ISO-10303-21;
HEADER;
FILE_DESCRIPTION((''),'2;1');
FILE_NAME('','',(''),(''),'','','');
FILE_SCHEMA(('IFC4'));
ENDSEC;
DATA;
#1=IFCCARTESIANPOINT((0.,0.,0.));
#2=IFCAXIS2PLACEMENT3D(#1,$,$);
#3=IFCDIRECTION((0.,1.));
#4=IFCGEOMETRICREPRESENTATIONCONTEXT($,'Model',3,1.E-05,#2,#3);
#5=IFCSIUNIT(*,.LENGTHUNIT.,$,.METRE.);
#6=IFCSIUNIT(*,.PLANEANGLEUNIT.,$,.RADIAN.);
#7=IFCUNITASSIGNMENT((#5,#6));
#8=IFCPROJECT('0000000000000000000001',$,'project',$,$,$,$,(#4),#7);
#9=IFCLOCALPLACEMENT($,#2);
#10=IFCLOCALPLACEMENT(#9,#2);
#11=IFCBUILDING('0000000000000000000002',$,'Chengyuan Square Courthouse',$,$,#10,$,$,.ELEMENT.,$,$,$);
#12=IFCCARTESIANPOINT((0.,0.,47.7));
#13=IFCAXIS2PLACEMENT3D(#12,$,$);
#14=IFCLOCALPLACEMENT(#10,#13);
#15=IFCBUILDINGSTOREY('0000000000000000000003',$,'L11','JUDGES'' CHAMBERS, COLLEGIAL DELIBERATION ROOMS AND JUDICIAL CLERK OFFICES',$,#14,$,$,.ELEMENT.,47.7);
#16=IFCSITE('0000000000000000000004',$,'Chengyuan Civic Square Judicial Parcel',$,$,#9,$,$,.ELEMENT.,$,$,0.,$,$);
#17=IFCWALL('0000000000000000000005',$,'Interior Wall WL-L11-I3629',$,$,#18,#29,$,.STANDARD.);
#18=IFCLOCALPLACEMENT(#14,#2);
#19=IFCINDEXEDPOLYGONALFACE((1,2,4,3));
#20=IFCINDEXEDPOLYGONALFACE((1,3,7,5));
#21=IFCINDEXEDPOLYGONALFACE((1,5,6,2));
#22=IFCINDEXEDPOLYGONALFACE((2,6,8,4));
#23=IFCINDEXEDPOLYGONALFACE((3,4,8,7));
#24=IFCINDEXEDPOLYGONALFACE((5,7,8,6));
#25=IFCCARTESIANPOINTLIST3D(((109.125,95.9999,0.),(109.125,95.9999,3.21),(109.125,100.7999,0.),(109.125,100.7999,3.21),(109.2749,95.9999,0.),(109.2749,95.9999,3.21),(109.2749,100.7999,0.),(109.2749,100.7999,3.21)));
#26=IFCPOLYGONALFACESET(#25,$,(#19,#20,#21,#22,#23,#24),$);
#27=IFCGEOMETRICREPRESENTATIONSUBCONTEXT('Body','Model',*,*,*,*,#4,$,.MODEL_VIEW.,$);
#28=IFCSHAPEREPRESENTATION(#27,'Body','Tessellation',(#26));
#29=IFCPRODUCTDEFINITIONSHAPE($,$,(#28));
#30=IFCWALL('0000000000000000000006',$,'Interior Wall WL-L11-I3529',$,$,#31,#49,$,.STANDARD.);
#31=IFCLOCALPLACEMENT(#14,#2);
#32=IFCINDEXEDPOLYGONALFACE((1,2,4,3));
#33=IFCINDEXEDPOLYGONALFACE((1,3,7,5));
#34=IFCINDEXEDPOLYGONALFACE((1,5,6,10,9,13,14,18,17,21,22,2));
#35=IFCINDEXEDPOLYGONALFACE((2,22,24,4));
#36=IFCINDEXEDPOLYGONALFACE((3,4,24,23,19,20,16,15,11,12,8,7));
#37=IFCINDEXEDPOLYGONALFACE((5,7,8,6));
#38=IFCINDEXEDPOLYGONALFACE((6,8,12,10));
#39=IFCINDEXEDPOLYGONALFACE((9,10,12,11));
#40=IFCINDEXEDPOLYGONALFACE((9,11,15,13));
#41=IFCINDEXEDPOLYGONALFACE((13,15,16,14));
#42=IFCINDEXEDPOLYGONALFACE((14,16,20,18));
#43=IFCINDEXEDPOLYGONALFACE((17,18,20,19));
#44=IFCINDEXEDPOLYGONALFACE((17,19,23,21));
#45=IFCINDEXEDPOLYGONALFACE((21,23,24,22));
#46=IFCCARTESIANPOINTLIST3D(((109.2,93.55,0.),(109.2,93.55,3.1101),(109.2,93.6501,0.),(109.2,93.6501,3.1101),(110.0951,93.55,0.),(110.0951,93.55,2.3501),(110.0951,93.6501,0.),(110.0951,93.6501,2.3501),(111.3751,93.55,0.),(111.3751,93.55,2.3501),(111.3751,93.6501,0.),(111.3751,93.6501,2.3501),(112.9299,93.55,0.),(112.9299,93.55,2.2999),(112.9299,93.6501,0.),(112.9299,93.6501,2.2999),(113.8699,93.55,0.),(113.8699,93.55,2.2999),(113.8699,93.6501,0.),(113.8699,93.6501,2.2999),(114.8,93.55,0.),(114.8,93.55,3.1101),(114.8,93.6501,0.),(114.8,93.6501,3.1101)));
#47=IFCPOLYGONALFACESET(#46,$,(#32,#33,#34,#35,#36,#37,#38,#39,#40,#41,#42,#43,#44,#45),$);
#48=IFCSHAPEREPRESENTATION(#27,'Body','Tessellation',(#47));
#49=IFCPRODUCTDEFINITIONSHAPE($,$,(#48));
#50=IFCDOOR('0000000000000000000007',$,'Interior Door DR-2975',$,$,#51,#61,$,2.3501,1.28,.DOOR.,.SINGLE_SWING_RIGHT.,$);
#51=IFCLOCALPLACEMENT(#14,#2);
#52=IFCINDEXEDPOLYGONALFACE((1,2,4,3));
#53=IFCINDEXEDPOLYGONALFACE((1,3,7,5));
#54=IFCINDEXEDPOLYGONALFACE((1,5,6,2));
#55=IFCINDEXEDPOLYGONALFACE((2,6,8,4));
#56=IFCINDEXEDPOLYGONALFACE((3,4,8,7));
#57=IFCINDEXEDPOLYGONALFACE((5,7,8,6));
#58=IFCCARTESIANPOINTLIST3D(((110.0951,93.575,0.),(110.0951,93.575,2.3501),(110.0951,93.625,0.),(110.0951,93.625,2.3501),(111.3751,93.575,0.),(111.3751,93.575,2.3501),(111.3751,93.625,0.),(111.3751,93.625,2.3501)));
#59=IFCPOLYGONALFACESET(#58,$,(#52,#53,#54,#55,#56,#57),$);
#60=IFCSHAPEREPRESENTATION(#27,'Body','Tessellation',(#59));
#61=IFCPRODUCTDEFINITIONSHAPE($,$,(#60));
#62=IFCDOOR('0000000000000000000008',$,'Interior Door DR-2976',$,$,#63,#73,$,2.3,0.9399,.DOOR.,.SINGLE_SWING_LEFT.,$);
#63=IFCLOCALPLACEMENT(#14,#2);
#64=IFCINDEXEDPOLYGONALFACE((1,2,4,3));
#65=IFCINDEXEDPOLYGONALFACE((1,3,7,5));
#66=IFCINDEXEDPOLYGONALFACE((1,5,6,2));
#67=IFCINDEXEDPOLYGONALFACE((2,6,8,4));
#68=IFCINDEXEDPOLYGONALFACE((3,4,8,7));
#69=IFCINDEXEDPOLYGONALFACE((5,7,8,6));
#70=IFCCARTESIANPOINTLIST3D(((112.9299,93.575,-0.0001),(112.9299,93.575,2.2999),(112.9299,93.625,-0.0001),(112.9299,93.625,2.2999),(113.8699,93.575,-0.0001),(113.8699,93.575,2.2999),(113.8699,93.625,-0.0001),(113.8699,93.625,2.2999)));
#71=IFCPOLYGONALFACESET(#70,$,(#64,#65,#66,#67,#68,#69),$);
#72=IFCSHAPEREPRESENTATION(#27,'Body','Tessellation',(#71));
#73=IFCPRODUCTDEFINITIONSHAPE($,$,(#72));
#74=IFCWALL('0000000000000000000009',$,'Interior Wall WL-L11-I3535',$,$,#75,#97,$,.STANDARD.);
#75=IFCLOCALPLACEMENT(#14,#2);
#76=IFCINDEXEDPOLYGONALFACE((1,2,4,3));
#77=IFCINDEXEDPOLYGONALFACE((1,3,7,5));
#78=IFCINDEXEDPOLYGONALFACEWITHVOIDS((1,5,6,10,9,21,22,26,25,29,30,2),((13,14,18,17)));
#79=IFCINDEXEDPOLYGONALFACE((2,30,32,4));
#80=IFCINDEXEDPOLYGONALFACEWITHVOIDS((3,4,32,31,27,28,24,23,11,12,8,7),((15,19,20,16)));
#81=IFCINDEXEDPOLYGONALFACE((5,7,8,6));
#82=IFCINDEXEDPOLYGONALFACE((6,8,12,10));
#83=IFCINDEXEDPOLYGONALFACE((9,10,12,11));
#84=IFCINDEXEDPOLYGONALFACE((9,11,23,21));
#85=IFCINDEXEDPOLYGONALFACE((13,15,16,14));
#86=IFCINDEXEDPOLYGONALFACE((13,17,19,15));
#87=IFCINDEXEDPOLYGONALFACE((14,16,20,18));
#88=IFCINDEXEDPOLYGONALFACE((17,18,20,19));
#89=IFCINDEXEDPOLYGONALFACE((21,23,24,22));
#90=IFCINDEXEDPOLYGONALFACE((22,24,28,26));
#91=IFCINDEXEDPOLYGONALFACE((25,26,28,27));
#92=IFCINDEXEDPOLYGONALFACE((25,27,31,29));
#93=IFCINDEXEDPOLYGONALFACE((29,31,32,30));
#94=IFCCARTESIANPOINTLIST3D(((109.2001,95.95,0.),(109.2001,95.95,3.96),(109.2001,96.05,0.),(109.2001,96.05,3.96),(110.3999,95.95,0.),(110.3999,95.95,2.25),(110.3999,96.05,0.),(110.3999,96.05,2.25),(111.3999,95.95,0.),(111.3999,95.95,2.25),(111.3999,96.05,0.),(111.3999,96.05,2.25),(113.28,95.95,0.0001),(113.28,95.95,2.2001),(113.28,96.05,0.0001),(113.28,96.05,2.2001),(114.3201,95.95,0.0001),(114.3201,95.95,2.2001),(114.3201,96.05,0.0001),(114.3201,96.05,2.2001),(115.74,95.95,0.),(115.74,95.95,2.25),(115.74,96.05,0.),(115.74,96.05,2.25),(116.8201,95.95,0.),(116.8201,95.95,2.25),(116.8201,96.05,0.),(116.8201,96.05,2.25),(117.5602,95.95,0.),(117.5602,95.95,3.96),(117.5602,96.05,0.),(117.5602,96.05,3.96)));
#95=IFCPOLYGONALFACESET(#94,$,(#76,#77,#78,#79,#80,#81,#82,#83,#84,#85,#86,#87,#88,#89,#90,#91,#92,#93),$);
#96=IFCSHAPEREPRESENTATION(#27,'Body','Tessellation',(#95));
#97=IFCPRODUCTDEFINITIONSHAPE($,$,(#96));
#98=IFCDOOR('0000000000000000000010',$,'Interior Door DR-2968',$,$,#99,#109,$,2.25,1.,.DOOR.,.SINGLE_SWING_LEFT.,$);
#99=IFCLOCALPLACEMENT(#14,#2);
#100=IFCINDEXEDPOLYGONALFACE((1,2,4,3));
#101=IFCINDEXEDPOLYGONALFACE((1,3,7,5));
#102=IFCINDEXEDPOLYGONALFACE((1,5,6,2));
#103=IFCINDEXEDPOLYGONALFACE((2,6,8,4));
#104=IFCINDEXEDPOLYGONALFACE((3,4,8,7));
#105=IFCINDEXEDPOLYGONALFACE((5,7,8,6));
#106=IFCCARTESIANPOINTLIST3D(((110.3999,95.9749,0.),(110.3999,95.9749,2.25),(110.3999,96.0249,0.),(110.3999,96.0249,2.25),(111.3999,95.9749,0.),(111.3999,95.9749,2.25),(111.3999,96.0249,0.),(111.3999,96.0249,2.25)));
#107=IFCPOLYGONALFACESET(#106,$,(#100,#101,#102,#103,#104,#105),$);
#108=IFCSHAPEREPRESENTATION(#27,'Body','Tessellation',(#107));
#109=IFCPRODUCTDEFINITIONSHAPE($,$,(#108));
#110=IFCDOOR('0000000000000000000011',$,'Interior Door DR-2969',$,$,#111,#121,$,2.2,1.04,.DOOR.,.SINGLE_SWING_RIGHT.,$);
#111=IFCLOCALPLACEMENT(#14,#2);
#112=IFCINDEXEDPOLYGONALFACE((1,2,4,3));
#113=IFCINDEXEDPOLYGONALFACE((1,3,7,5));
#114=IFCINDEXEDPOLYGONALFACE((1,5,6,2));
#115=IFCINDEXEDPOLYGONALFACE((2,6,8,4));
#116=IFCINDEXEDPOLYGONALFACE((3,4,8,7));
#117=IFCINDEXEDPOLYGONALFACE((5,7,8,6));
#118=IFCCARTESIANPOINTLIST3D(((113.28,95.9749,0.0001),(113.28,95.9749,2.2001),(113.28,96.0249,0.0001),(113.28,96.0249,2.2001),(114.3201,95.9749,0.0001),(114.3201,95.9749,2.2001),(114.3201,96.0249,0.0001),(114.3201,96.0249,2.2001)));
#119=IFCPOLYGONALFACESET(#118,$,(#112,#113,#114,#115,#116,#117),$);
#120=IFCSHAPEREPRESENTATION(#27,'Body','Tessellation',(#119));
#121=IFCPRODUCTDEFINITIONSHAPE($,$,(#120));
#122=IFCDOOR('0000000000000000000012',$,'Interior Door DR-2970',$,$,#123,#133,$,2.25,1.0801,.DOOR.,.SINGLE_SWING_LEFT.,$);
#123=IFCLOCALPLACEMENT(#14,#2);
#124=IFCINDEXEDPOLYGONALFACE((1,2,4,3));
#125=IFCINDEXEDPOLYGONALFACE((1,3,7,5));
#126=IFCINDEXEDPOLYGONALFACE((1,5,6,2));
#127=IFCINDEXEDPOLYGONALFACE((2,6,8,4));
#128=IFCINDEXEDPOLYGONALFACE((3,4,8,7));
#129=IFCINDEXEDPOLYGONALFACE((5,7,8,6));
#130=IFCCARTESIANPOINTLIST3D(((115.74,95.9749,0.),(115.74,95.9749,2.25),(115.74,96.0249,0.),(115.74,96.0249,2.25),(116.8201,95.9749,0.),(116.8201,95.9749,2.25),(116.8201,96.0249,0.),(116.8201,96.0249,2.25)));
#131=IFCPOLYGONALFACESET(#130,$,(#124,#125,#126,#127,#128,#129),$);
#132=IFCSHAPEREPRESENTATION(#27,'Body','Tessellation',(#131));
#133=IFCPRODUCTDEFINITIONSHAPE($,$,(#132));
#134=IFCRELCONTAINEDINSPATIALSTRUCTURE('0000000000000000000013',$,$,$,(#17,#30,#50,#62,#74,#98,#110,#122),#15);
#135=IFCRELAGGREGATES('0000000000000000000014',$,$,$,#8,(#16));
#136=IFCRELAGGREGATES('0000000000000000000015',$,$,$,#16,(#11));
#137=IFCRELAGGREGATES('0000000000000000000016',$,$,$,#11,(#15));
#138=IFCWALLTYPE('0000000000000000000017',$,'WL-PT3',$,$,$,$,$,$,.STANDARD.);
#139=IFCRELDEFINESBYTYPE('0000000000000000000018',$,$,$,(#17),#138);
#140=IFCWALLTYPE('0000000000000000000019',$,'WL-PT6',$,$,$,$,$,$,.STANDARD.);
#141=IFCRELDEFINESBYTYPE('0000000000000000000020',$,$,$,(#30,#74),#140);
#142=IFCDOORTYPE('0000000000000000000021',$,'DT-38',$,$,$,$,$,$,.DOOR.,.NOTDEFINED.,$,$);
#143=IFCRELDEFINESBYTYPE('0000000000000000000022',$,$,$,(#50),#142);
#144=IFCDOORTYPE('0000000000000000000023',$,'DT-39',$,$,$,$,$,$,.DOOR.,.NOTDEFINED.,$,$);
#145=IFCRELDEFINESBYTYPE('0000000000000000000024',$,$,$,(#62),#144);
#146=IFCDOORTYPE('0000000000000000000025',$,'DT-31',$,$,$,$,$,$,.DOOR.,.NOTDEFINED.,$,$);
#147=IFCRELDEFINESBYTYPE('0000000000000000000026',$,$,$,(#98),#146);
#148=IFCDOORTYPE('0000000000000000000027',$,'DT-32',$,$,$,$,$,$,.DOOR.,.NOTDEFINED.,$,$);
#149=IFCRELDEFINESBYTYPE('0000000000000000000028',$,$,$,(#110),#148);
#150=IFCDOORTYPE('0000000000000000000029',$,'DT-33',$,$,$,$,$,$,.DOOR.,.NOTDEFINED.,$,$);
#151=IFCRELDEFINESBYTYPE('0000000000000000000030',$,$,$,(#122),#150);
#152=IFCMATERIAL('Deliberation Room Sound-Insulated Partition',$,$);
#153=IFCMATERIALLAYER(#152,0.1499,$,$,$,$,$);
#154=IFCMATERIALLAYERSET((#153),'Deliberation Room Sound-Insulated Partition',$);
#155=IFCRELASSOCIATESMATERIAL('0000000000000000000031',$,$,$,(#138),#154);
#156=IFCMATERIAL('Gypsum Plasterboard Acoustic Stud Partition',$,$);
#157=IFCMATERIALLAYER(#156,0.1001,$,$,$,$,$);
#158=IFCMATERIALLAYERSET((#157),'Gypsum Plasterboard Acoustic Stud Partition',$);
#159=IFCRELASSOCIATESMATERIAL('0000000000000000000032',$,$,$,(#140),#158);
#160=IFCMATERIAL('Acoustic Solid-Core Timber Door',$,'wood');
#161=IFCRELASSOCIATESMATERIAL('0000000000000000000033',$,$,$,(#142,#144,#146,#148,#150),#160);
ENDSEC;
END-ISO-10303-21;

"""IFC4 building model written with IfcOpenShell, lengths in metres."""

from ifc_helpers import new_model, si_unit, direction, frame, frame_2d, origin, place, context, subcontext, project, spatial, rectangle, extrude, material, layer, layer_set, type_object, element, fill, save


model = new_model("IFC4")

# Units and contexts
model_context = context("Model", 3, precision=1e-05, world=origin(), true_north=direction((0.0, 1.0)))
body_context = subcontext(model_context, "Body", "Model", "MODEL_VIEW")
ifc_project = project(units=[si_unit("LENGTHUNIT", "METRE"), si_unit("PLANEANGLEUNIT", "RADIAN")], contexts=[model_context])

# Site, building, storey
site_placement = place(None, origin())
site = spatial("IfcSite", under=ifc_project, at=site_placement, Name="Chengyuan Civic Square Judicial Parcel", CompositionType="ELEMENT", RefElevation=0.0)
building_placement = place(site_placement, origin())
building = spatial("IfcBuilding", under=site, at=building_placement, Name="Chengyuan Square Courthouse", CompositionType="ELEMENT")
storey_placement = place(building_placement, frame((0.0, 0.0, 47.7)))
storey = spatial("IfcBuildingStorey", under=building, at=storey_placement, Name="L11", Description="JUDGES' CHAMBERS, COLLEGIAL DELIBERATION ROOMS AND JUDICIAL CLERK OFFICES", CompositionType="ELEMENT", Elevation=47.7)

# Wall
ifc_material_1 = material(Name="Deliberation Room Sound-Insulated Partition")
ifc_layer_1 = layer(ifc_material_1, 0.1499)
ifc_layer_set_1 = layer_set([ifc_layer_1], Name="Deliberation Room Sound-Insulated Partition")
wall_type_1 = type_object("IfcWallType", Name="WL-PT3", PredefinedType="STANDARD", material=ifc_layer_set_1)
for number, where, z_axis, x_axis, name in (
    (1, (109.2, 96.0, 0.0), (0.0, 0.0, 1.0), (0.0, 1.0, 0.0), "Interior Wall WL-L11-I3629"),
):
    element("IfcWall", number, at=place(storey_placement, frame(where, z_axis=z_axis, x_axis=x_axis)), inside=storey, type_object=wall_type_1, Name=name, PredefinedType="STANDARD", context=body_context, shape_type="SweptSolid", body=[
        extrude(rectangle(XDim=4.8, YDim=0.1499, at=frame_2d((2.3999, 0.0))), origin(), (0.0, 0.0, 1.0), 3.21),
    ])

# Walls, openings, doors
ifc_material_2 = material(Name="Gypsum Plasterboard Acoustic Stud Partition")
ifc_layer_2 = layer(ifc_material_2, 0.1001)
ifc_layer_set_2 = layer_set([ifc_layer_2], Name="Gypsum Plasterboard Acoustic Stud Partition")
wall_type_2 = type_object("IfcWallType", Name="WL-PT6", PredefinedType="STANDARD", material=ifc_layer_set_2)
wall_1_placement = place(storey_placement, frame((109.2, 93.6001, 0.0), z_axis=(0.0, 0.0, 1.0), x_axis=(1.0, 0.0, 0.0)))
wall_1 = element("IfcWall", 2, at=wall_1_placement, inside=storey, type_object=wall_type_2, Name="Interior Wall WL-L11-I3529", PredefinedType="STANDARD", context=body_context, shape_type="SweptSolid", body=[
    extrude(rectangle(XDim=5.6001, YDim=0.1001, at=frame_2d((2.8, 0.0))), origin(), (0.0, 0.0, 1.0), 3.1101),
])
opening_1_placement = place(wall_1_placement, frame((0.895, 0.0, 0.0)))
opening_1 = element("IfcOpeningElement", 3, at=opening_1_placement, cuts=wall_1, PredefinedType="OPENING", context=body_context, shape_type="SweptSolid", body=[
    extrude(rectangle(XDim=1.28, YDim=2.3501, at=frame_2d((0.6401, 1.175))), frame((0.0, 0.062, 0.0), z_axis=(0.0, -1.0, 0.0), x_axis=(1.0, 0.0, 0.0)), (0.0, 0.0, 1.0), 0.124),
])
opening_2_placement = place(wall_1_placement, frame((3.73, 0.0, 0.0)))
opening_2 = element("IfcOpeningElement", 4, at=opening_2_placement, cuts=wall_1, PredefinedType="OPENING", context=body_context, shape_type="SweptSolid", body=[
    extrude(rectangle(XDim=0.9399, YDim=2.3, at=frame_2d((0.47, 1.1499))), frame((0.0, 0.062, 0.0), z_axis=(0.0, -1.0, 0.0), x_axis=(1.0, 0.0, 0.0)), (0.0, 0.0, 1.0), 0.124),
])
ifc_material_3 = material(Name="Acoustic Solid-Core Timber Door", Category="wood")
door_type_1 = type_object("IfcDoorType", Name="DT-38", OperationType="NOTDEFINED", PredefinedType="DOOR", material=ifc_material_3)
door_1_placement = place(opening_1_placement, origin())
door_1 = element("IfcDoor", 5, at=door_1_placement, inside=storey, type_object=door_type_1, Name="Interior Door DR-2975", OperationType="SINGLE_SWING_RIGHT", OverallHeight=2.3501, OverallWidth=1.28, PredefinedType="DOOR", context=body_context, shape_type="SweptSolid", body=[
    extrude(rectangle(XDim=1.28, YDim=2.3501, at=frame_2d((0.6401, 1.175))), frame((0.0, 0.0249, 0.0), z_axis=(0.0, -1.0, 0.0), x_axis=(1.0, 0.0, 0.0)), (0.0, 0.0, 1.0), 0.05),
])
fill(opening_1, door_1)
door_type_2 = type_object("IfcDoorType", Name="DT-39", OperationType="NOTDEFINED", PredefinedType="DOOR", material=ifc_material_3)
door_2_placement = place(opening_2_placement, origin())
door_2 = element("IfcDoor", 6, at=door_2_placement, inside=storey, type_object=door_type_2, Name="Interior Door DR-2976", OperationType="SINGLE_SWING_LEFT", OverallHeight=2.3, OverallWidth=0.9399, PredefinedType="DOOR", context=body_context, shape_type="SweptSolid", body=[
    extrude(rectangle(XDim=0.9399, YDim=2.3, at=frame_2d((0.47, 1.1499))), frame((0.0, 0.0249, 0.0), z_axis=(0.0, -1.0, 0.0), x_axis=(1.0, 0.0, 0.0)), (0.0, 0.0, 1.0), 0.05),
])
fill(opening_2, door_2)
wall_2_placement = place(storey_placement, frame((109.2, 96.0, 0.0), z_axis=(0.0, 0.0, 1.0), x_axis=(1.0, 0.0, 0.0)))
wall_2 = element("IfcWall", 7, at=wall_2_placement, inside=storey, type_object=wall_type_2, Name="Interior Wall WL-L11-I3535", PredefinedType="STANDARD", context=body_context, shape_type="SweptSolid", body=[
    extrude(rectangle(XDim=8.3601, YDim=0.1001, at=frame_2d((4.1802, 0.0))), origin(), (0.0, 0.0, 1.0), 3.96),
])
opening_3_placement = place(wall_2_placement, frame((1.2, 0.0, 0.0)))
opening_3 = element("IfcOpeningElement", 8, at=opening_3_placement, cuts=wall_2, PredefinedType="OPENING", context=body_context, shape_type="SweptSolid", body=[
    extrude(rectangle(XDim=1.0, YDim=2.25, at=frame_2d((0.5, 1.125))), frame((0.0, 0.062, 0.0), z_axis=(0.0, -1.0, 0.0), x_axis=(1.0, 0.0, 0.0)), (0.0, 0.0, 1.0), 0.124),
])
opening_4_placement = place(wall_2_placement, frame((4.0801, 0.0, 0.0)))
opening_4 = element("IfcOpeningElement", 9, at=opening_4_placement, cuts=wall_2, PredefinedType="OPENING", context=body_context, shape_type="SweptSolid", body=[
    extrude(rectangle(XDim=1.04, YDim=2.2, at=frame_2d((0.52, 1.1001))), frame((0.0, 0.062, 0.0), z_axis=(0.0, -1.0, 0.0), x_axis=(1.0, 0.0, 0.0)), (0.0, 0.0, 1.0), 0.124),
])
opening_5_placement = place(wall_2_placement, frame((6.54, 0.0, 0.0)))
opening_5 = element("IfcOpeningElement", 10, at=opening_5_placement, cuts=wall_2, PredefinedType="OPENING", context=body_context, shape_type="SweptSolid", body=[
    extrude(rectangle(XDim=1.0801, YDim=2.25, at=frame_2d((0.54, 1.125))), frame((0.0, 0.062, 0.0), z_axis=(0.0, -1.0, 0.0), x_axis=(1.0, 0.0, 0.0)), (0.0, 0.0, 1.0), 0.124),
])
door_type_3 = type_object("IfcDoorType", Name="DT-31", OperationType="NOTDEFINED", PredefinedType="DOOR", material=ifc_material_3)
door_3_placement = place(opening_3_placement, origin())
door_3 = element("IfcDoor", 11, at=door_3_placement, inside=storey, type_object=door_type_3, Name="Interior Door DR-2968", OperationType="SINGLE_SWING_LEFT", OverallHeight=2.25, OverallWidth=1.0, PredefinedType="DOOR", context=body_context, shape_type="SweptSolid", body=[
    extrude(rectangle(XDim=1.0, YDim=2.25, at=frame_2d((0.5, 1.125))), frame((0.0, 0.0249, 0.0), z_axis=(0.0, -1.0, 0.0), x_axis=(1.0, 0.0, 0.0)), (0.0, 0.0, 1.0), 0.05),
])
fill(opening_3, door_3)
door_type_4 = type_object("IfcDoorType", Name="DT-32", OperationType="NOTDEFINED", PredefinedType="DOOR", material=ifc_material_3)
door_4_placement = place(opening_4_placement, origin())
door_4 = element("IfcDoor", 12, at=door_4_placement, inside=storey, type_object=door_type_4, Name="Interior Door DR-2969", OperationType="SINGLE_SWING_RIGHT", OverallHeight=2.2, OverallWidth=1.04, PredefinedType="DOOR", context=body_context, shape_type="SweptSolid", body=[
    extrude(rectangle(XDim=1.04, YDim=2.2, at=frame_2d((0.52, 1.1001))), frame((0.0, 0.0249, 0.0), z_axis=(0.0, -1.0, 0.0), x_axis=(1.0, 0.0, 0.0)), (0.0, 0.0, 1.0), 0.05),
])
fill(opening_4, door_4)
door_type_5 = type_object("IfcDoorType", Name="DT-33", OperationType="NOTDEFINED", PredefinedType="DOOR", material=ifc_material_3)
door_5_placement = place(opening_5_placement, origin())
door_5 = element("IfcDoor", 13, at=door_5_placement, inside=storey, type_object=door_type_5, Name="Interior Door DR-2970", OperationType="SINGLE_SWING_LEFT", OverallHeight=2.25, OverallWidth=1.0801, PredefinedType="DOOR", context=body_context, shape_type="SweptSolid", body=[
    extrude(rectangle(XDim=1.0801, YDim=2.25, at=frame_2d((0.54, 1.125))), frame((0.0, 0.0249, 0.0), z_axis=(0.0, -1.0, 0.0), x_axis=(1.0, 0.0, 0.0)), (0.0, 0.0, 1.0), 0.05),
])
fill(opening_5, door_5)

save(model, "model.ifc")
